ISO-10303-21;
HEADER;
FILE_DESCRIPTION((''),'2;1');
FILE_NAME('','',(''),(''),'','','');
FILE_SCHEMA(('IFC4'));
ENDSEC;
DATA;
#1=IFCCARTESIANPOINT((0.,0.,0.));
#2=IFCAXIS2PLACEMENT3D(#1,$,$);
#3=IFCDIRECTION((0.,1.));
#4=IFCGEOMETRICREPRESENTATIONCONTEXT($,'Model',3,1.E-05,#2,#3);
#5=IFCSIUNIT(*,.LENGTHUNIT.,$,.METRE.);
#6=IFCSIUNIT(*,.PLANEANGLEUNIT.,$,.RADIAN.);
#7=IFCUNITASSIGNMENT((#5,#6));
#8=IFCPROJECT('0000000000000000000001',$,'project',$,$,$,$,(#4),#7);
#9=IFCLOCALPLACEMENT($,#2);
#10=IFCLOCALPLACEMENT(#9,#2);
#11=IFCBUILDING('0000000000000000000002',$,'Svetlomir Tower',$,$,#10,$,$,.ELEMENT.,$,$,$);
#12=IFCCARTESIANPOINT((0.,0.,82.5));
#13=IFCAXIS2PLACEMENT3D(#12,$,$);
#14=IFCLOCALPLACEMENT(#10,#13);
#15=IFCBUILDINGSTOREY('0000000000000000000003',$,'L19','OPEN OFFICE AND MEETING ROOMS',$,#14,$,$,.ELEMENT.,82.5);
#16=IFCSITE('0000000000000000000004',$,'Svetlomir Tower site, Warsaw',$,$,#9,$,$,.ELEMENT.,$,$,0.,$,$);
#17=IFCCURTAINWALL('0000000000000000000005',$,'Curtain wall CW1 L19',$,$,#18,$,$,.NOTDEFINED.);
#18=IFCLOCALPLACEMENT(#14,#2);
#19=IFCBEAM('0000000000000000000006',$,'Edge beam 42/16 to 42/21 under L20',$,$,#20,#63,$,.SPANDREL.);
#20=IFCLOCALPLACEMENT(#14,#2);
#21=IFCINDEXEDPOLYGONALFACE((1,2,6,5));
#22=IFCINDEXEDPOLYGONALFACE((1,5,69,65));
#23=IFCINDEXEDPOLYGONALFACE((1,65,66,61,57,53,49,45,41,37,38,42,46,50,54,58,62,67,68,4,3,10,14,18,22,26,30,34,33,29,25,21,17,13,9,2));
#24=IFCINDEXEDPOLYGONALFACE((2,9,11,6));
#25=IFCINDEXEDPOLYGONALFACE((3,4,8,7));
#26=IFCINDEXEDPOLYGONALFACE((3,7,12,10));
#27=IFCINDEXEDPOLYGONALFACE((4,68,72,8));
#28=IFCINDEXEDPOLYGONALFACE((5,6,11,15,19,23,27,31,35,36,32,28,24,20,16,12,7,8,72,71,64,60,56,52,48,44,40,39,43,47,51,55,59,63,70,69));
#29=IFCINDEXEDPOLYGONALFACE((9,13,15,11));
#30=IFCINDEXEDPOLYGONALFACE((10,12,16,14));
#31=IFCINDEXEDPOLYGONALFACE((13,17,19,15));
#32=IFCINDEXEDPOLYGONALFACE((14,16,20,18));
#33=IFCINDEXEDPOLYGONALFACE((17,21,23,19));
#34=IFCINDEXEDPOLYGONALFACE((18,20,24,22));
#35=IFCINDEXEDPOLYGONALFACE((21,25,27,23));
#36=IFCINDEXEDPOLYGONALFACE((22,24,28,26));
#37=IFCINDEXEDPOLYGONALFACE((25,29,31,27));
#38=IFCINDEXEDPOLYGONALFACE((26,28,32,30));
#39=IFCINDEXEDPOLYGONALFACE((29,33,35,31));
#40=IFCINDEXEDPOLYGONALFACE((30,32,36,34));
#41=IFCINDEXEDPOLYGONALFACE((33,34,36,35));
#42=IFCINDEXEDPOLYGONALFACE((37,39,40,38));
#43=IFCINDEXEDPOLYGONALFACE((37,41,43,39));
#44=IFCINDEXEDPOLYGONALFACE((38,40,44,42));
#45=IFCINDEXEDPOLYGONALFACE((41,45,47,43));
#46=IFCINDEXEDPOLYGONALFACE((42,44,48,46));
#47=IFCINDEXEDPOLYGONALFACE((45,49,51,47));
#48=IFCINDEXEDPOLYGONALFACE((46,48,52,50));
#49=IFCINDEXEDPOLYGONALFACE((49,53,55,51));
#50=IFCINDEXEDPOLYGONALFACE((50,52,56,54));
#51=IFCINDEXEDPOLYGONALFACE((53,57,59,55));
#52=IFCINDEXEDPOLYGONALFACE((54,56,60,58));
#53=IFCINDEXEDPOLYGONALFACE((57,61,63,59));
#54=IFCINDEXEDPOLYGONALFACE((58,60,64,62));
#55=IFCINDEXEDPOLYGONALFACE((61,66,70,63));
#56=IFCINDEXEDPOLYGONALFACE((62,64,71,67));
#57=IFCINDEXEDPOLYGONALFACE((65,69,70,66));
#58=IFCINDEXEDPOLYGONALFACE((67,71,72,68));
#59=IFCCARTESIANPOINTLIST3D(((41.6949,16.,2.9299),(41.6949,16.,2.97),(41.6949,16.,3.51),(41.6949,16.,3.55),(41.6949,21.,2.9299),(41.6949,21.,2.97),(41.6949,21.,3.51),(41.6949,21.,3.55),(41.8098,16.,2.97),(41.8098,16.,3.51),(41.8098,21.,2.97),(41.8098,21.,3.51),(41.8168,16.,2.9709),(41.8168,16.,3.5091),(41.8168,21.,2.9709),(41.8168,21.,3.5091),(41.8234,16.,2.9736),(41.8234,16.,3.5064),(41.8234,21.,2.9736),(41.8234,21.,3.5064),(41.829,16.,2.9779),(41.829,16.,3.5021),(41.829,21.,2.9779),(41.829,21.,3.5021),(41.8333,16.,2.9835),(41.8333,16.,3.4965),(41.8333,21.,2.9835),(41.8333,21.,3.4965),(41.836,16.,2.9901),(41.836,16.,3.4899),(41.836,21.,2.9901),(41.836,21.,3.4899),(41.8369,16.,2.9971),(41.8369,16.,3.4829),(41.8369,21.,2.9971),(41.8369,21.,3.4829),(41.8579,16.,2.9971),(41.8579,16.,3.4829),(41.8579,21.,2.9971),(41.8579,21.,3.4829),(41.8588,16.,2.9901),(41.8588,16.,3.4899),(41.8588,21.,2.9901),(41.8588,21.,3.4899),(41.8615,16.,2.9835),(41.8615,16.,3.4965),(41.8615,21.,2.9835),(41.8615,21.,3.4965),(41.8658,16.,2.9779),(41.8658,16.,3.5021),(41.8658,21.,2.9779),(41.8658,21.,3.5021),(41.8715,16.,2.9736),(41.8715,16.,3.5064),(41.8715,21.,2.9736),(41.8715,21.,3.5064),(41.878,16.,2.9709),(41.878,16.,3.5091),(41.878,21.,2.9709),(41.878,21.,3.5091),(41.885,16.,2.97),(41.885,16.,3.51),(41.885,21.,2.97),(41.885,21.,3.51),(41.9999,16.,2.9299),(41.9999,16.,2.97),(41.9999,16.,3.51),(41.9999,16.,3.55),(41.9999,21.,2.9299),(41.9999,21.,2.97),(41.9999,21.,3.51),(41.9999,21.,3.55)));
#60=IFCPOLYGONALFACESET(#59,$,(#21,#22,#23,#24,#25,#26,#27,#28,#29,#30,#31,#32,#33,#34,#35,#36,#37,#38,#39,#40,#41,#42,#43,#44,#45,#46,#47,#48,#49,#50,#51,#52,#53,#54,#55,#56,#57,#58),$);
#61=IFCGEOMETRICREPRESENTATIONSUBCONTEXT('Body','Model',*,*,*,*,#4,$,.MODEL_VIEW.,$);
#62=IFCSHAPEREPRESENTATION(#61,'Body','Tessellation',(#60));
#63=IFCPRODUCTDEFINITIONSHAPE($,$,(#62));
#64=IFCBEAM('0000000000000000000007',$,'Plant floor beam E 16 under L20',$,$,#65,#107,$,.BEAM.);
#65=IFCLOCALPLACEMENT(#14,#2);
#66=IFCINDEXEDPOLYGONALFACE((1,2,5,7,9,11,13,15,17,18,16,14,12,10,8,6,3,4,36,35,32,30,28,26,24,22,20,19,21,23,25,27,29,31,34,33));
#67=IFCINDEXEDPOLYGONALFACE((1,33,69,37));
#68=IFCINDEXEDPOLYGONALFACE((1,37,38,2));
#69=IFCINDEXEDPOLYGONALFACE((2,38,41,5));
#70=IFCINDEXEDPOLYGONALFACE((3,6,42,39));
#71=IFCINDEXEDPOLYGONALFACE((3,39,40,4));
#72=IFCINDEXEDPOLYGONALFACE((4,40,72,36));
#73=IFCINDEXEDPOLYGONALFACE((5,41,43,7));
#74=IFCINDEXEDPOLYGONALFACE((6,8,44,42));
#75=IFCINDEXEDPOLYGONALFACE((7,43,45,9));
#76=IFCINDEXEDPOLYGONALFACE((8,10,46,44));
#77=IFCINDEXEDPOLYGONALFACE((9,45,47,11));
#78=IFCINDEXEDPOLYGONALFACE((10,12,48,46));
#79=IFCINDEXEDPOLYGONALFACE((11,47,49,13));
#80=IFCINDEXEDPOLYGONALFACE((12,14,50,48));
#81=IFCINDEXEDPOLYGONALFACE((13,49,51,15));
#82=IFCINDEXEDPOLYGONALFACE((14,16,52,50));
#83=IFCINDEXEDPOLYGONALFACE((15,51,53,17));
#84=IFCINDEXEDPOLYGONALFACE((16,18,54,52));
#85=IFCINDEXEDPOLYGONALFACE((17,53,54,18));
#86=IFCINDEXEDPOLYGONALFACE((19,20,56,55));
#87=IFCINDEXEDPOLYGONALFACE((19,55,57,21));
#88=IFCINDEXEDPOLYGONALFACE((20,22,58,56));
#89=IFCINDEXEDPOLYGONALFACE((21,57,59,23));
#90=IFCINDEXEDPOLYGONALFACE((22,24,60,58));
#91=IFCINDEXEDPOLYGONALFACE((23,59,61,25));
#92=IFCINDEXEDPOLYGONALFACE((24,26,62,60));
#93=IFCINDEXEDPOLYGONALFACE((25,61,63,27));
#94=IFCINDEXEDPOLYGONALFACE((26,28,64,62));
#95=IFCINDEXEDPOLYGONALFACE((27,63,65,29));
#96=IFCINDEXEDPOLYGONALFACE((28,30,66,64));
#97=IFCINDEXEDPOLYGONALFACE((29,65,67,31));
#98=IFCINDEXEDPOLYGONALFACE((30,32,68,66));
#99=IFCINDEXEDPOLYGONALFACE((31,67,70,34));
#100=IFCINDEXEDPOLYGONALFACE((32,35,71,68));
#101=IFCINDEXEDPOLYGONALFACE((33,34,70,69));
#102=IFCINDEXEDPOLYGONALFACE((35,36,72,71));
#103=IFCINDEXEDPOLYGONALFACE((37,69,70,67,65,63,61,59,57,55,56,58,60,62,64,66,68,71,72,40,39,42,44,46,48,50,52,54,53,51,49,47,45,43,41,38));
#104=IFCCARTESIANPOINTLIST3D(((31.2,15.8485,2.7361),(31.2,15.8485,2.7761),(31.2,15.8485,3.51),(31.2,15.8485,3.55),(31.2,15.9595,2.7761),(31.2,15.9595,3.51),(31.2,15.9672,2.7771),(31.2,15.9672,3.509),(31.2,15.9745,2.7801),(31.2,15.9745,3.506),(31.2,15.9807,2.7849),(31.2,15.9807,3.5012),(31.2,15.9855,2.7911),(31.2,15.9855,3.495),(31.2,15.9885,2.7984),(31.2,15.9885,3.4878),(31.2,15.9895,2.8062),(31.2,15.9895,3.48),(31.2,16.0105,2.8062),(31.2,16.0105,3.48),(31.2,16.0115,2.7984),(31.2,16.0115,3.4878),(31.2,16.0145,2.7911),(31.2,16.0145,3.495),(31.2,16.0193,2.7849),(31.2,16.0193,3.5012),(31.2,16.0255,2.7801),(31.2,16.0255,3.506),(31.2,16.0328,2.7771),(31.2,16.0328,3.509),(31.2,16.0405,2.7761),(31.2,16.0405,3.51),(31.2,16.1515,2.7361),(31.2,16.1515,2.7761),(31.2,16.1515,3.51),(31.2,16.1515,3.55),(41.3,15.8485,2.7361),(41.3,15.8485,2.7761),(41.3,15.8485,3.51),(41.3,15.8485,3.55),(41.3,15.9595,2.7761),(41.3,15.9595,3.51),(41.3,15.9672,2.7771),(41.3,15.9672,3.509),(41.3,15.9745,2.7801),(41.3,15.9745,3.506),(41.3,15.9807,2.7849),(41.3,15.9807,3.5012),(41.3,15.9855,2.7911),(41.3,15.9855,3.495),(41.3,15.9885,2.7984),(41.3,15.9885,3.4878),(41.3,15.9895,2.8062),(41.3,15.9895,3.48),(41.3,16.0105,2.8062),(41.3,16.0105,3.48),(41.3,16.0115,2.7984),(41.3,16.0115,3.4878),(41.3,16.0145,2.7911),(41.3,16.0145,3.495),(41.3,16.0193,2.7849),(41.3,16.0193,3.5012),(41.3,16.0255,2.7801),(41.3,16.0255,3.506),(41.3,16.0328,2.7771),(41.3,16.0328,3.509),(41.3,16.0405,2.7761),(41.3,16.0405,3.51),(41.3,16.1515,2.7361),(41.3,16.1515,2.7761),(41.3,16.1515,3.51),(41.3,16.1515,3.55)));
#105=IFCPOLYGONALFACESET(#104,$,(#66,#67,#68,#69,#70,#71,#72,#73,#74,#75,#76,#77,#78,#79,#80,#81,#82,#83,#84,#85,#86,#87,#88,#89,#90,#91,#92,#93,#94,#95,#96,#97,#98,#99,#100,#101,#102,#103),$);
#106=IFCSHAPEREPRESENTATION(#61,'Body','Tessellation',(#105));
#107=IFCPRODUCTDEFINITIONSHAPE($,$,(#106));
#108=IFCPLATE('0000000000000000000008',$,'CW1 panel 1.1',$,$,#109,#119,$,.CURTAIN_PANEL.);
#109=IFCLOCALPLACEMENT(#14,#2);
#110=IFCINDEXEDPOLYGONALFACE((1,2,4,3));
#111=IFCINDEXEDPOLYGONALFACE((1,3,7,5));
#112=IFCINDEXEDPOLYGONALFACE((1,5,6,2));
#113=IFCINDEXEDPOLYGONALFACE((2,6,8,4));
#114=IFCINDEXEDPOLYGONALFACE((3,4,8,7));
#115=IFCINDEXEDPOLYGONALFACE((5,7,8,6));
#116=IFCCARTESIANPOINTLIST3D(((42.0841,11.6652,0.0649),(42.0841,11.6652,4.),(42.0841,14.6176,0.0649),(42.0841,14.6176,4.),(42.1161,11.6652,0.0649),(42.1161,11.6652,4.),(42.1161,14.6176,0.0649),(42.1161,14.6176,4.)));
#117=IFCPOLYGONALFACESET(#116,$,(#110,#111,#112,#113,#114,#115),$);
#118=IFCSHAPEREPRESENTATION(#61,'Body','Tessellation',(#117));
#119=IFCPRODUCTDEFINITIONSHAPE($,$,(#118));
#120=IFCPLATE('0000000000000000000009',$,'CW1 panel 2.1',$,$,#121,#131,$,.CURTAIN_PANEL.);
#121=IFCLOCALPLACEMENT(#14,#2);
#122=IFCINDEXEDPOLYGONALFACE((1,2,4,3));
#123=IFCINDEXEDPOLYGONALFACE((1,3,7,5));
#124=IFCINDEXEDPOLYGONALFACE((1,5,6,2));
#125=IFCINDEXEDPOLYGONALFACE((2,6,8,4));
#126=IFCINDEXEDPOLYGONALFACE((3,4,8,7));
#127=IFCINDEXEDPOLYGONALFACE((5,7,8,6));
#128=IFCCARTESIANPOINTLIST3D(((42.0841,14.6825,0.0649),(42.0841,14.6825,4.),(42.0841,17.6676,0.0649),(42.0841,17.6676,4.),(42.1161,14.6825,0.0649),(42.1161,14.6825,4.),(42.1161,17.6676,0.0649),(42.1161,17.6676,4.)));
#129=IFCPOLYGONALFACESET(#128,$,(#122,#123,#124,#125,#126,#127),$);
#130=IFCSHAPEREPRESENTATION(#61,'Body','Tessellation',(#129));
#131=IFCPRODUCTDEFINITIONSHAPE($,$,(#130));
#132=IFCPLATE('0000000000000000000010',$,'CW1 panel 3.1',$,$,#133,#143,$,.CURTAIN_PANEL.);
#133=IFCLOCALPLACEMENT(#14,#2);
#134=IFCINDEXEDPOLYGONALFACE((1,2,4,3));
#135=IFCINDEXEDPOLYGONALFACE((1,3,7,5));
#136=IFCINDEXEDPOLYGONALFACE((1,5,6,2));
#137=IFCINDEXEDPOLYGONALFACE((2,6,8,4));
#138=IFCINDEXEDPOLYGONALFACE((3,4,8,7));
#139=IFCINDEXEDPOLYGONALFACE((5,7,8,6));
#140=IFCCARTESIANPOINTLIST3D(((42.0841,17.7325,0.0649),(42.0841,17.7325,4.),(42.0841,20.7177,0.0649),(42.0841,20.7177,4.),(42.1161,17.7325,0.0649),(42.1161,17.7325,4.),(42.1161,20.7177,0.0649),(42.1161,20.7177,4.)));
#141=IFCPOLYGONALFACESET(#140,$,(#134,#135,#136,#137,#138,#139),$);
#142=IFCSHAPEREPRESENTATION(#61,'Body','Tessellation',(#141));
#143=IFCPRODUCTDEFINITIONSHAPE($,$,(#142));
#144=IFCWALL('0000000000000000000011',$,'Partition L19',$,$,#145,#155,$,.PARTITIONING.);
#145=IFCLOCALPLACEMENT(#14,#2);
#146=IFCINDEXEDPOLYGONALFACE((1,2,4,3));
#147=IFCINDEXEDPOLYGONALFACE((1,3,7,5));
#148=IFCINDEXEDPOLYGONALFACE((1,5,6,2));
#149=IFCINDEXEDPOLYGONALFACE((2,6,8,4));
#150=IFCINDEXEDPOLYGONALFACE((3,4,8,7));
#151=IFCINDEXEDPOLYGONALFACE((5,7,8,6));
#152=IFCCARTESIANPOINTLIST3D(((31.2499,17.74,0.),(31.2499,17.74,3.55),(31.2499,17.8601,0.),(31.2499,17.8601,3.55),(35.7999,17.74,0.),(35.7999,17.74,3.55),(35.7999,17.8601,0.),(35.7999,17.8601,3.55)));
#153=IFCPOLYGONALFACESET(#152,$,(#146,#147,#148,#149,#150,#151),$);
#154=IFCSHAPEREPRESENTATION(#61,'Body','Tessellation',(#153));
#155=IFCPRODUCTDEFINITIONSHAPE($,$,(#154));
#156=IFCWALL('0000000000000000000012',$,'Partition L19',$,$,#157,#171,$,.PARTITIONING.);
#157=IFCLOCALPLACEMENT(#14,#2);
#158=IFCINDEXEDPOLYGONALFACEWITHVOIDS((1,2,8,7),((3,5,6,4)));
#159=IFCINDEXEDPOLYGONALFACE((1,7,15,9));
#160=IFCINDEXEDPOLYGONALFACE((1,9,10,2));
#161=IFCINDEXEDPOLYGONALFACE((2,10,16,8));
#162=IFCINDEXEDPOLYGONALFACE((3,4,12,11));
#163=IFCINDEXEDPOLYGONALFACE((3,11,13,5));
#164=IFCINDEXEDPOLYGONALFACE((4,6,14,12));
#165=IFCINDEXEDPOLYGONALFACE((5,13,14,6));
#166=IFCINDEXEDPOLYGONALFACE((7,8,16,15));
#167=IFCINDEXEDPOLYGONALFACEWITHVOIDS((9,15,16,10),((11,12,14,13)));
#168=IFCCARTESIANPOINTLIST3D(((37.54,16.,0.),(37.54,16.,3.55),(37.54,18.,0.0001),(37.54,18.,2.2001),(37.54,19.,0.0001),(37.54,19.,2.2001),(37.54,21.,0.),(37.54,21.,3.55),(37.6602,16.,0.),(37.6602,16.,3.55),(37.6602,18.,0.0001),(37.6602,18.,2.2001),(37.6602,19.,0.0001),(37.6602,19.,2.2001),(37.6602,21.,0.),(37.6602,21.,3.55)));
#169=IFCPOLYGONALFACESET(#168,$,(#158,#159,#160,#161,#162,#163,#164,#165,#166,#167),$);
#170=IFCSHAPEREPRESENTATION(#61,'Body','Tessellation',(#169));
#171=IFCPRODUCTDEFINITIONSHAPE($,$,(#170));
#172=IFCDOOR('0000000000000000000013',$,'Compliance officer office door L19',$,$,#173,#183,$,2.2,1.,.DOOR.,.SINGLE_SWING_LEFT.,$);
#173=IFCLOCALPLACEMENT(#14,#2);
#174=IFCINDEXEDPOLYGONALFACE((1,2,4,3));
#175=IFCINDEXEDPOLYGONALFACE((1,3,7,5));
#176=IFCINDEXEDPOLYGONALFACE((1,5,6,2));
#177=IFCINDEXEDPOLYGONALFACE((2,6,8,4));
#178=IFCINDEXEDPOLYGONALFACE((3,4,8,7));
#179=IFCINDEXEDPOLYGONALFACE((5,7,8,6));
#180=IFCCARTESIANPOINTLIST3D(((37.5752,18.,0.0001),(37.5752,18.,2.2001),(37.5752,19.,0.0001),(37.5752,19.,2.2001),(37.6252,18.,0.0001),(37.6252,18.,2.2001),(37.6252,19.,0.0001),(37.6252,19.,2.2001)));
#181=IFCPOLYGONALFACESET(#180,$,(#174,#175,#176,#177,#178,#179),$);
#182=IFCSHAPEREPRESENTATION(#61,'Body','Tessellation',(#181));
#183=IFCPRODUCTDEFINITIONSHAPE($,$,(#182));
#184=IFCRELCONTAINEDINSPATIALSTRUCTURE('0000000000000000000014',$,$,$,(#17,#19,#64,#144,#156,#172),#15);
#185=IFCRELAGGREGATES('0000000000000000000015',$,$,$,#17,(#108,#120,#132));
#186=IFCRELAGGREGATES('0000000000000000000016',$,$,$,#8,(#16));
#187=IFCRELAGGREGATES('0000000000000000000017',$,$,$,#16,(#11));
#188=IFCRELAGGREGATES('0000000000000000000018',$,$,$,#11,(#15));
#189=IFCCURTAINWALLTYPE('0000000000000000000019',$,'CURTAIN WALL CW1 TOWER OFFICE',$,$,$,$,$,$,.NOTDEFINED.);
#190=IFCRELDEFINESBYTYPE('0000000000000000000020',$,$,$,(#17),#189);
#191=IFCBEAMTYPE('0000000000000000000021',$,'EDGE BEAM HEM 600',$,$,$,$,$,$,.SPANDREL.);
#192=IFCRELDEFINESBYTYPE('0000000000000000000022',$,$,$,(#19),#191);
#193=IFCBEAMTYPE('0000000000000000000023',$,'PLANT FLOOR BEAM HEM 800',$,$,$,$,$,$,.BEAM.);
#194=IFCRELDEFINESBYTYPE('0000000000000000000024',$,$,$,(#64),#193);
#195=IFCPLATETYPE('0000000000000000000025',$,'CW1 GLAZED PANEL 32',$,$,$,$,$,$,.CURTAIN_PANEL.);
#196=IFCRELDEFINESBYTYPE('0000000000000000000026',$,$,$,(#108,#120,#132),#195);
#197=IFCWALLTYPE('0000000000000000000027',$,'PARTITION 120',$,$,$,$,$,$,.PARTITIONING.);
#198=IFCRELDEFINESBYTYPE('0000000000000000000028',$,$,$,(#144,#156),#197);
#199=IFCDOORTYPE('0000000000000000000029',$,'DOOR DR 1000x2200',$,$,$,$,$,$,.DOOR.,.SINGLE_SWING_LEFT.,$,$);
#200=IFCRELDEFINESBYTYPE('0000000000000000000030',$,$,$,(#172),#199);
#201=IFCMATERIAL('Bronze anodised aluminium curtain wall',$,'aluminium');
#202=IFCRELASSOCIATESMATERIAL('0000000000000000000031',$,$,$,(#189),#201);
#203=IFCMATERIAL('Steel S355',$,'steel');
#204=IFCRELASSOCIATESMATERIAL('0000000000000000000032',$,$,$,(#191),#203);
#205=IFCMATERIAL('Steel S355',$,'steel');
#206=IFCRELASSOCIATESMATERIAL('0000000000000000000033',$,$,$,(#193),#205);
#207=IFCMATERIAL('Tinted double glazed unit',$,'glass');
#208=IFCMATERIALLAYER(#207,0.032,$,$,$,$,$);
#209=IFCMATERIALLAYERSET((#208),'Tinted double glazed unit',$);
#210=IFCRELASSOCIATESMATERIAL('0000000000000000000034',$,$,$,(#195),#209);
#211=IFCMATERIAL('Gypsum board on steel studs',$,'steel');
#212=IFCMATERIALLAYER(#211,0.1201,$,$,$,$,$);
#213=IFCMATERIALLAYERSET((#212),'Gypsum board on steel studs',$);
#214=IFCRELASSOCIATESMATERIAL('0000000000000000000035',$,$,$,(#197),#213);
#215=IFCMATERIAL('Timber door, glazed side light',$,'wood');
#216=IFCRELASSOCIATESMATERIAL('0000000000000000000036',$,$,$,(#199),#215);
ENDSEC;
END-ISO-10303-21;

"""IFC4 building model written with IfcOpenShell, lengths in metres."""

from ifc_helpers import new_model, si_unit, direction, frame, frame_2d, origin, origin_2d, place, context, subcontext, project, spatial, rectangle, i_section, extrude, material, layer, layer_set, material_profile, profile_set, type_object, element, fill, aggregate, save


model = new_model("IFC4")

# Units and contexts
model_context = context("Model", 3, precision=1e-05, world=origin(), true_north=direction((0.0, 1.0)))
body_context = subcontext(model_context, "Body", "Model", "MODEL_VIEW")
ifc_project = project(units=[si_unit("LENGTHUNIT", "METRE"), si_unit("PLANEANGLEUNIT", "RADIAN")], contexts=[model_context])

# Site, building, storey
site_placement = place(None, origin())
site = spatial("IfcSite", under=ifc_project, at=site_placement, Name="Svetlomir Tower site, Warsaw", CompositionType="ELEMENT", RefElevation=0.0)
building_placement = place(site_placement, origin())
building = spatial("IfcBuilding", under=site, at=building_placement, Name="Svetlomir Tower", CompositionType="ELEMENT")
storey_placement = place(building_placement, frame((0.0, 0.0, 82.5)))
storey = spatial("IfcBuildingStorey", under=building, at=storey_placement, Name="L19", Description="OPEN OFFICE AND MEETING ROOMS", CompositionType="ELEMENT", Elevation=82.5)

# Curtain wall
ifc_material_1 = material(Name="Bronze anodised aluminium curtain wall", Category="aluminium")
curtain_wall_type = type_object("IfcCurtainWallType", Name="CURTAIN WALL CW1 TOWER OFFICE", PredefinedType="NOTDEFINED", material=ifc_material_1)
curtain_wall_placement = place(storey_placement, origin())
curtain_wall = element("IfcCurtainWall", 1, at=curtain_wall_placement, inside=storey, type_object=curtain_wall_type, Name="Curtain wall CW1 L19", PredefinedType="NOTDEFINED")

# Beams
ifc_material_2 = material(Name="Steel S355", Category="steel")
ifc_material_profile_1 = material_profile(ifc_material_2, i_section(OverallWidth=0.3049, OverallDepth=0.6201, WebThickness=0.021, FlangeThickness=0.04, FilletRadius=0.0271, at=origin_2d()), Name="HEM 600")
ifc_profile_set_1 = profile_set([ifc_material_profile_1], Name="Steel S355")
beam_type_1 = type_object("IfcBeamType", Name="EDGE BEAM HEM 600", PredefinedType="SPANDREL", material=ifc_profile_set_1)
beam_1_placement = place(storey_placement, frame((41.8474, 16.0, 3.24), z_axis=(0.0, 1.0, 0.0), x_axis=(-1.0, 0.0, 0.0)))
element("IfcBeam", 2, at=beam_1_placement, inside=storey, type_object=beam_type_1, Name="Edge beam 42/16 to 42/21 under L20", PredefinedType="SPANDREL", context=body_context, shape_type="SweptSolid", body=[
    extrude(i_section(OverallWidth=0.3049, OverallDepth=0.6201, WebThickness=0.021, FlangeThickness=0.04, FilletRadius=0.0271, at=origin_2d()), origin(), (0.0, 0.0, 1.0), 5.0),
])
ifc_material_3 = material(Name="Steel S355", Category="steel")
ifc_material_profile_2 = material_profile(ifc_material_3, i_section(OverallWidth=0.303, OverallDepth=0.814, WebThickness=0.021, FlangeThickness=0.04, FilletRadius=0.03, at=origin_2d()), Name="HEM 800")
ifc_profile_set_2 = profile_set([ifc_material_profile_2], Name="Steel S355")
beam_type_2 = type_object("IfcBeamType", Name="PLANT FLOOR BEAM HEM 800", PredefinedType="BEAM", material=ifc_profile_set_2)
beam_2_placement = place(storey_placement, frame((41.3, 16.0, 3.1431), z_axis=(-1.0, 0.0, 0.0), x_axis=(0.0, -1.0, 0.0)))
element("IfcBeam", 3, at=beam_2_placement, inside=storey, type_object=beam_type_2, Name="Plant floor beam E 16 under L20", PredefinedType="BEAM", context=body_context, shape_type="SweptSolid", body=[
    extrude(i_section(OverallWidth=0.303, OverallDepth=0.814, WebThickness=0.021, FlangeThickness=0.04, FilletRadius=0.03, at=origin_2d()), origin(), (0.0, 0.0, 1.0), 10.1001),
])

# Plates
ifc_material_4 = material(Name="Tinted double glazed unit", Category="glass")
ifc_layer_1 = layer(ifc_material_4, 0.032)
ifc_layer_set_1 = layer_set([ifc_layer_1], Name="Tinted double glazed unit")
plate_type = type_object("IfcPlateType", Name="CW1 GLAZED PANEL 32", PredefinedType="CURTAIN_PANEL", material=ifc_layer_set_1)
plate_1_placement = place(storey_placement, frame((42.1001, 13.1414, 0.0649), z_axis=(0.0, 0.0, 1.0), x_axis=(0.0, 1.0, 0.0)))
plate_1 = element("IfcPlate", 4, at=plate_1_placement, type_object=plate_type, Name="CW1 panel 1.1", PredefinedType="CURTAIN_PANEL", context=body_context, shape_type="SweptSolid", body=[
    extrude(rectangle(XDim=2.9524, YDim=0.032, at=origin_2d()), origin(), (0.0, 0.0, 1.0), 3.9351),
])
plate_2_placement = place(storey_placement, frame((42.1001, 16.175, 0.0649), z_axis=(0.0, 0.0, 1.0), x_axis=(0.0, 1.0, 0.0)))
plate_2 = element("IfcPlate", 5, at=plate_2_placement, type_object=plate_type, Name="CW1 panel 2.1", PredefinedType="CURTAIN_PANEL", context=body_context, shape_type="SweptSolid", body=[
    extrude(rectangle(XDim=2.9851, YDim=0.032, at=origin_2d()), origin(), (0.0, 0.0, 1.0), 3.9351),
])
plate_3_placement = place(storey_placement, frame((42.1001, 19.2251, 0.0649), z_axis=(0.0, 0.0, 1.0), x_axis=(0.0, 1.0, 0.0)))
plate_3 = element("IfcPlate", 6, at=plate_3_placement, type_object=plate_type, Name="CW1 panel 3.1", PredefinedType="CURTAIN_PANEL", context=body_context, shape_type="SweptSolid", body=[
    extrude(rectangle(XDim=2.9851, YDim=0.032, at=origin_2d()), origin(), (0.0, 0.0, 1.0), 3.9351),
])
aggregate(curtain_wall, [plate_1, plate_2, plate_3])

# Wall
ifc_material_5 = material(Name="Gypsum board on steel studs", Category="steel")
ifc_layer_2 = layer(ifc_material_5, 0.1201)
ifc_layer_set_2 = layer_set([ifc_layer_2], Name="Gypsum board on steel studs")
wall_type = type_object("IfcWallType", Name="PARTITION 120", PredefinedType="PARTITIONING", material=ifc_layer_set_2)
wall_1_placement = place(storey_placement, frame((31.25, 17.8, 0.0), z_axis=(0.0, 0.0, 1.0), x_axis=(1.0, 0.0, 0.0)))
element("IfcWall", 7, at=wall_1_placement, inside=storey, type_object=wall_type, Name="Partition L19", PredefinedType="PARTITIONING", context=body_context, shape_type="SweptSolid", body=[
    extrude(rectangle(XDim=4.55, YDim=0.1201, at=frame_2d((2.2749, 0.0))), origin(), (0.0, 0.0, 1.0), 3.55),
])

# Wall, opening, door
wall_2_placement = place(storey_placement, frame((37.6001, 16.0, 0.0), z_axis=(0.0, 0.0, 1.0), x_axis=(0.0, 1.0, 0.0)))
wall_2 = element("IfcWall", 8, at=wall_2_placement, inside=storey, type_object=wall_type, Name="Partition L19", PredefinedType="PARTITIONING", context=body_context, shape_type="SweptSolid", body=[
    extrude(rectangle(XDim=5.0, YDim=0.1201, at=frame_2d((2.5, 0.0))), origin(), (0.0, 0.0, 1.0), 3.55),
])
opening_placement = place(wall_2_placement, frame((2.0, 0.0, 0.0)))
opening = element("IfcOpeningElement", 9, at=opening_placement, cuts=wall_2, PredefinedType="OPENING", context=body_context, shape_type="SweptSolid", body=[
    extrude(rectangle(XDim=1.0, YDim=2.2, at=frame_2d((0.5, 1.1001))), frame((0.0, 0.0701, 0.0), z_axis=(0.0, -1.0, 0.0), x_axis=(1.0, 0.0, 0.0)), (0.0, 0.0, 1.0), 0.1401),
])
ifc_material_6 = material(Name="Timber door, glazed side light", Category="wood")
door_type = type_object("IfcDoorType", Name="DOOR DR 1000x2200", OperationType="SINGLE_SWING_LEFT", PredefinedType="DOOR", material=ifc_material_6)
door_placement = place(opening_placement, origin())
door = element("IfcDoor", 10, at=door_placement, inside=storey, type_object=door_type, Name="Compliance officer office door L19", OperationType="SINGLE_SWING_LEFT", OverallHeight=2.2, OverallWidth=1.0, PredefinedType="DOOR", context=body_context, shape_type="SweptSolid", body=[
    extrude(rectangle(XDim=1.0, YDim=2.2, at=frame_2d((0.5, 1.1001))), frame((0.0, 0.0249, 0.0), z_axis=(0.0, -1.0, 0.0), x_axis=(1.0, 0.0, 0.0)), (0.0, 0.0, 1.0), 0.05),
])
fill(opening, door)

save(model, "model.ifc")
